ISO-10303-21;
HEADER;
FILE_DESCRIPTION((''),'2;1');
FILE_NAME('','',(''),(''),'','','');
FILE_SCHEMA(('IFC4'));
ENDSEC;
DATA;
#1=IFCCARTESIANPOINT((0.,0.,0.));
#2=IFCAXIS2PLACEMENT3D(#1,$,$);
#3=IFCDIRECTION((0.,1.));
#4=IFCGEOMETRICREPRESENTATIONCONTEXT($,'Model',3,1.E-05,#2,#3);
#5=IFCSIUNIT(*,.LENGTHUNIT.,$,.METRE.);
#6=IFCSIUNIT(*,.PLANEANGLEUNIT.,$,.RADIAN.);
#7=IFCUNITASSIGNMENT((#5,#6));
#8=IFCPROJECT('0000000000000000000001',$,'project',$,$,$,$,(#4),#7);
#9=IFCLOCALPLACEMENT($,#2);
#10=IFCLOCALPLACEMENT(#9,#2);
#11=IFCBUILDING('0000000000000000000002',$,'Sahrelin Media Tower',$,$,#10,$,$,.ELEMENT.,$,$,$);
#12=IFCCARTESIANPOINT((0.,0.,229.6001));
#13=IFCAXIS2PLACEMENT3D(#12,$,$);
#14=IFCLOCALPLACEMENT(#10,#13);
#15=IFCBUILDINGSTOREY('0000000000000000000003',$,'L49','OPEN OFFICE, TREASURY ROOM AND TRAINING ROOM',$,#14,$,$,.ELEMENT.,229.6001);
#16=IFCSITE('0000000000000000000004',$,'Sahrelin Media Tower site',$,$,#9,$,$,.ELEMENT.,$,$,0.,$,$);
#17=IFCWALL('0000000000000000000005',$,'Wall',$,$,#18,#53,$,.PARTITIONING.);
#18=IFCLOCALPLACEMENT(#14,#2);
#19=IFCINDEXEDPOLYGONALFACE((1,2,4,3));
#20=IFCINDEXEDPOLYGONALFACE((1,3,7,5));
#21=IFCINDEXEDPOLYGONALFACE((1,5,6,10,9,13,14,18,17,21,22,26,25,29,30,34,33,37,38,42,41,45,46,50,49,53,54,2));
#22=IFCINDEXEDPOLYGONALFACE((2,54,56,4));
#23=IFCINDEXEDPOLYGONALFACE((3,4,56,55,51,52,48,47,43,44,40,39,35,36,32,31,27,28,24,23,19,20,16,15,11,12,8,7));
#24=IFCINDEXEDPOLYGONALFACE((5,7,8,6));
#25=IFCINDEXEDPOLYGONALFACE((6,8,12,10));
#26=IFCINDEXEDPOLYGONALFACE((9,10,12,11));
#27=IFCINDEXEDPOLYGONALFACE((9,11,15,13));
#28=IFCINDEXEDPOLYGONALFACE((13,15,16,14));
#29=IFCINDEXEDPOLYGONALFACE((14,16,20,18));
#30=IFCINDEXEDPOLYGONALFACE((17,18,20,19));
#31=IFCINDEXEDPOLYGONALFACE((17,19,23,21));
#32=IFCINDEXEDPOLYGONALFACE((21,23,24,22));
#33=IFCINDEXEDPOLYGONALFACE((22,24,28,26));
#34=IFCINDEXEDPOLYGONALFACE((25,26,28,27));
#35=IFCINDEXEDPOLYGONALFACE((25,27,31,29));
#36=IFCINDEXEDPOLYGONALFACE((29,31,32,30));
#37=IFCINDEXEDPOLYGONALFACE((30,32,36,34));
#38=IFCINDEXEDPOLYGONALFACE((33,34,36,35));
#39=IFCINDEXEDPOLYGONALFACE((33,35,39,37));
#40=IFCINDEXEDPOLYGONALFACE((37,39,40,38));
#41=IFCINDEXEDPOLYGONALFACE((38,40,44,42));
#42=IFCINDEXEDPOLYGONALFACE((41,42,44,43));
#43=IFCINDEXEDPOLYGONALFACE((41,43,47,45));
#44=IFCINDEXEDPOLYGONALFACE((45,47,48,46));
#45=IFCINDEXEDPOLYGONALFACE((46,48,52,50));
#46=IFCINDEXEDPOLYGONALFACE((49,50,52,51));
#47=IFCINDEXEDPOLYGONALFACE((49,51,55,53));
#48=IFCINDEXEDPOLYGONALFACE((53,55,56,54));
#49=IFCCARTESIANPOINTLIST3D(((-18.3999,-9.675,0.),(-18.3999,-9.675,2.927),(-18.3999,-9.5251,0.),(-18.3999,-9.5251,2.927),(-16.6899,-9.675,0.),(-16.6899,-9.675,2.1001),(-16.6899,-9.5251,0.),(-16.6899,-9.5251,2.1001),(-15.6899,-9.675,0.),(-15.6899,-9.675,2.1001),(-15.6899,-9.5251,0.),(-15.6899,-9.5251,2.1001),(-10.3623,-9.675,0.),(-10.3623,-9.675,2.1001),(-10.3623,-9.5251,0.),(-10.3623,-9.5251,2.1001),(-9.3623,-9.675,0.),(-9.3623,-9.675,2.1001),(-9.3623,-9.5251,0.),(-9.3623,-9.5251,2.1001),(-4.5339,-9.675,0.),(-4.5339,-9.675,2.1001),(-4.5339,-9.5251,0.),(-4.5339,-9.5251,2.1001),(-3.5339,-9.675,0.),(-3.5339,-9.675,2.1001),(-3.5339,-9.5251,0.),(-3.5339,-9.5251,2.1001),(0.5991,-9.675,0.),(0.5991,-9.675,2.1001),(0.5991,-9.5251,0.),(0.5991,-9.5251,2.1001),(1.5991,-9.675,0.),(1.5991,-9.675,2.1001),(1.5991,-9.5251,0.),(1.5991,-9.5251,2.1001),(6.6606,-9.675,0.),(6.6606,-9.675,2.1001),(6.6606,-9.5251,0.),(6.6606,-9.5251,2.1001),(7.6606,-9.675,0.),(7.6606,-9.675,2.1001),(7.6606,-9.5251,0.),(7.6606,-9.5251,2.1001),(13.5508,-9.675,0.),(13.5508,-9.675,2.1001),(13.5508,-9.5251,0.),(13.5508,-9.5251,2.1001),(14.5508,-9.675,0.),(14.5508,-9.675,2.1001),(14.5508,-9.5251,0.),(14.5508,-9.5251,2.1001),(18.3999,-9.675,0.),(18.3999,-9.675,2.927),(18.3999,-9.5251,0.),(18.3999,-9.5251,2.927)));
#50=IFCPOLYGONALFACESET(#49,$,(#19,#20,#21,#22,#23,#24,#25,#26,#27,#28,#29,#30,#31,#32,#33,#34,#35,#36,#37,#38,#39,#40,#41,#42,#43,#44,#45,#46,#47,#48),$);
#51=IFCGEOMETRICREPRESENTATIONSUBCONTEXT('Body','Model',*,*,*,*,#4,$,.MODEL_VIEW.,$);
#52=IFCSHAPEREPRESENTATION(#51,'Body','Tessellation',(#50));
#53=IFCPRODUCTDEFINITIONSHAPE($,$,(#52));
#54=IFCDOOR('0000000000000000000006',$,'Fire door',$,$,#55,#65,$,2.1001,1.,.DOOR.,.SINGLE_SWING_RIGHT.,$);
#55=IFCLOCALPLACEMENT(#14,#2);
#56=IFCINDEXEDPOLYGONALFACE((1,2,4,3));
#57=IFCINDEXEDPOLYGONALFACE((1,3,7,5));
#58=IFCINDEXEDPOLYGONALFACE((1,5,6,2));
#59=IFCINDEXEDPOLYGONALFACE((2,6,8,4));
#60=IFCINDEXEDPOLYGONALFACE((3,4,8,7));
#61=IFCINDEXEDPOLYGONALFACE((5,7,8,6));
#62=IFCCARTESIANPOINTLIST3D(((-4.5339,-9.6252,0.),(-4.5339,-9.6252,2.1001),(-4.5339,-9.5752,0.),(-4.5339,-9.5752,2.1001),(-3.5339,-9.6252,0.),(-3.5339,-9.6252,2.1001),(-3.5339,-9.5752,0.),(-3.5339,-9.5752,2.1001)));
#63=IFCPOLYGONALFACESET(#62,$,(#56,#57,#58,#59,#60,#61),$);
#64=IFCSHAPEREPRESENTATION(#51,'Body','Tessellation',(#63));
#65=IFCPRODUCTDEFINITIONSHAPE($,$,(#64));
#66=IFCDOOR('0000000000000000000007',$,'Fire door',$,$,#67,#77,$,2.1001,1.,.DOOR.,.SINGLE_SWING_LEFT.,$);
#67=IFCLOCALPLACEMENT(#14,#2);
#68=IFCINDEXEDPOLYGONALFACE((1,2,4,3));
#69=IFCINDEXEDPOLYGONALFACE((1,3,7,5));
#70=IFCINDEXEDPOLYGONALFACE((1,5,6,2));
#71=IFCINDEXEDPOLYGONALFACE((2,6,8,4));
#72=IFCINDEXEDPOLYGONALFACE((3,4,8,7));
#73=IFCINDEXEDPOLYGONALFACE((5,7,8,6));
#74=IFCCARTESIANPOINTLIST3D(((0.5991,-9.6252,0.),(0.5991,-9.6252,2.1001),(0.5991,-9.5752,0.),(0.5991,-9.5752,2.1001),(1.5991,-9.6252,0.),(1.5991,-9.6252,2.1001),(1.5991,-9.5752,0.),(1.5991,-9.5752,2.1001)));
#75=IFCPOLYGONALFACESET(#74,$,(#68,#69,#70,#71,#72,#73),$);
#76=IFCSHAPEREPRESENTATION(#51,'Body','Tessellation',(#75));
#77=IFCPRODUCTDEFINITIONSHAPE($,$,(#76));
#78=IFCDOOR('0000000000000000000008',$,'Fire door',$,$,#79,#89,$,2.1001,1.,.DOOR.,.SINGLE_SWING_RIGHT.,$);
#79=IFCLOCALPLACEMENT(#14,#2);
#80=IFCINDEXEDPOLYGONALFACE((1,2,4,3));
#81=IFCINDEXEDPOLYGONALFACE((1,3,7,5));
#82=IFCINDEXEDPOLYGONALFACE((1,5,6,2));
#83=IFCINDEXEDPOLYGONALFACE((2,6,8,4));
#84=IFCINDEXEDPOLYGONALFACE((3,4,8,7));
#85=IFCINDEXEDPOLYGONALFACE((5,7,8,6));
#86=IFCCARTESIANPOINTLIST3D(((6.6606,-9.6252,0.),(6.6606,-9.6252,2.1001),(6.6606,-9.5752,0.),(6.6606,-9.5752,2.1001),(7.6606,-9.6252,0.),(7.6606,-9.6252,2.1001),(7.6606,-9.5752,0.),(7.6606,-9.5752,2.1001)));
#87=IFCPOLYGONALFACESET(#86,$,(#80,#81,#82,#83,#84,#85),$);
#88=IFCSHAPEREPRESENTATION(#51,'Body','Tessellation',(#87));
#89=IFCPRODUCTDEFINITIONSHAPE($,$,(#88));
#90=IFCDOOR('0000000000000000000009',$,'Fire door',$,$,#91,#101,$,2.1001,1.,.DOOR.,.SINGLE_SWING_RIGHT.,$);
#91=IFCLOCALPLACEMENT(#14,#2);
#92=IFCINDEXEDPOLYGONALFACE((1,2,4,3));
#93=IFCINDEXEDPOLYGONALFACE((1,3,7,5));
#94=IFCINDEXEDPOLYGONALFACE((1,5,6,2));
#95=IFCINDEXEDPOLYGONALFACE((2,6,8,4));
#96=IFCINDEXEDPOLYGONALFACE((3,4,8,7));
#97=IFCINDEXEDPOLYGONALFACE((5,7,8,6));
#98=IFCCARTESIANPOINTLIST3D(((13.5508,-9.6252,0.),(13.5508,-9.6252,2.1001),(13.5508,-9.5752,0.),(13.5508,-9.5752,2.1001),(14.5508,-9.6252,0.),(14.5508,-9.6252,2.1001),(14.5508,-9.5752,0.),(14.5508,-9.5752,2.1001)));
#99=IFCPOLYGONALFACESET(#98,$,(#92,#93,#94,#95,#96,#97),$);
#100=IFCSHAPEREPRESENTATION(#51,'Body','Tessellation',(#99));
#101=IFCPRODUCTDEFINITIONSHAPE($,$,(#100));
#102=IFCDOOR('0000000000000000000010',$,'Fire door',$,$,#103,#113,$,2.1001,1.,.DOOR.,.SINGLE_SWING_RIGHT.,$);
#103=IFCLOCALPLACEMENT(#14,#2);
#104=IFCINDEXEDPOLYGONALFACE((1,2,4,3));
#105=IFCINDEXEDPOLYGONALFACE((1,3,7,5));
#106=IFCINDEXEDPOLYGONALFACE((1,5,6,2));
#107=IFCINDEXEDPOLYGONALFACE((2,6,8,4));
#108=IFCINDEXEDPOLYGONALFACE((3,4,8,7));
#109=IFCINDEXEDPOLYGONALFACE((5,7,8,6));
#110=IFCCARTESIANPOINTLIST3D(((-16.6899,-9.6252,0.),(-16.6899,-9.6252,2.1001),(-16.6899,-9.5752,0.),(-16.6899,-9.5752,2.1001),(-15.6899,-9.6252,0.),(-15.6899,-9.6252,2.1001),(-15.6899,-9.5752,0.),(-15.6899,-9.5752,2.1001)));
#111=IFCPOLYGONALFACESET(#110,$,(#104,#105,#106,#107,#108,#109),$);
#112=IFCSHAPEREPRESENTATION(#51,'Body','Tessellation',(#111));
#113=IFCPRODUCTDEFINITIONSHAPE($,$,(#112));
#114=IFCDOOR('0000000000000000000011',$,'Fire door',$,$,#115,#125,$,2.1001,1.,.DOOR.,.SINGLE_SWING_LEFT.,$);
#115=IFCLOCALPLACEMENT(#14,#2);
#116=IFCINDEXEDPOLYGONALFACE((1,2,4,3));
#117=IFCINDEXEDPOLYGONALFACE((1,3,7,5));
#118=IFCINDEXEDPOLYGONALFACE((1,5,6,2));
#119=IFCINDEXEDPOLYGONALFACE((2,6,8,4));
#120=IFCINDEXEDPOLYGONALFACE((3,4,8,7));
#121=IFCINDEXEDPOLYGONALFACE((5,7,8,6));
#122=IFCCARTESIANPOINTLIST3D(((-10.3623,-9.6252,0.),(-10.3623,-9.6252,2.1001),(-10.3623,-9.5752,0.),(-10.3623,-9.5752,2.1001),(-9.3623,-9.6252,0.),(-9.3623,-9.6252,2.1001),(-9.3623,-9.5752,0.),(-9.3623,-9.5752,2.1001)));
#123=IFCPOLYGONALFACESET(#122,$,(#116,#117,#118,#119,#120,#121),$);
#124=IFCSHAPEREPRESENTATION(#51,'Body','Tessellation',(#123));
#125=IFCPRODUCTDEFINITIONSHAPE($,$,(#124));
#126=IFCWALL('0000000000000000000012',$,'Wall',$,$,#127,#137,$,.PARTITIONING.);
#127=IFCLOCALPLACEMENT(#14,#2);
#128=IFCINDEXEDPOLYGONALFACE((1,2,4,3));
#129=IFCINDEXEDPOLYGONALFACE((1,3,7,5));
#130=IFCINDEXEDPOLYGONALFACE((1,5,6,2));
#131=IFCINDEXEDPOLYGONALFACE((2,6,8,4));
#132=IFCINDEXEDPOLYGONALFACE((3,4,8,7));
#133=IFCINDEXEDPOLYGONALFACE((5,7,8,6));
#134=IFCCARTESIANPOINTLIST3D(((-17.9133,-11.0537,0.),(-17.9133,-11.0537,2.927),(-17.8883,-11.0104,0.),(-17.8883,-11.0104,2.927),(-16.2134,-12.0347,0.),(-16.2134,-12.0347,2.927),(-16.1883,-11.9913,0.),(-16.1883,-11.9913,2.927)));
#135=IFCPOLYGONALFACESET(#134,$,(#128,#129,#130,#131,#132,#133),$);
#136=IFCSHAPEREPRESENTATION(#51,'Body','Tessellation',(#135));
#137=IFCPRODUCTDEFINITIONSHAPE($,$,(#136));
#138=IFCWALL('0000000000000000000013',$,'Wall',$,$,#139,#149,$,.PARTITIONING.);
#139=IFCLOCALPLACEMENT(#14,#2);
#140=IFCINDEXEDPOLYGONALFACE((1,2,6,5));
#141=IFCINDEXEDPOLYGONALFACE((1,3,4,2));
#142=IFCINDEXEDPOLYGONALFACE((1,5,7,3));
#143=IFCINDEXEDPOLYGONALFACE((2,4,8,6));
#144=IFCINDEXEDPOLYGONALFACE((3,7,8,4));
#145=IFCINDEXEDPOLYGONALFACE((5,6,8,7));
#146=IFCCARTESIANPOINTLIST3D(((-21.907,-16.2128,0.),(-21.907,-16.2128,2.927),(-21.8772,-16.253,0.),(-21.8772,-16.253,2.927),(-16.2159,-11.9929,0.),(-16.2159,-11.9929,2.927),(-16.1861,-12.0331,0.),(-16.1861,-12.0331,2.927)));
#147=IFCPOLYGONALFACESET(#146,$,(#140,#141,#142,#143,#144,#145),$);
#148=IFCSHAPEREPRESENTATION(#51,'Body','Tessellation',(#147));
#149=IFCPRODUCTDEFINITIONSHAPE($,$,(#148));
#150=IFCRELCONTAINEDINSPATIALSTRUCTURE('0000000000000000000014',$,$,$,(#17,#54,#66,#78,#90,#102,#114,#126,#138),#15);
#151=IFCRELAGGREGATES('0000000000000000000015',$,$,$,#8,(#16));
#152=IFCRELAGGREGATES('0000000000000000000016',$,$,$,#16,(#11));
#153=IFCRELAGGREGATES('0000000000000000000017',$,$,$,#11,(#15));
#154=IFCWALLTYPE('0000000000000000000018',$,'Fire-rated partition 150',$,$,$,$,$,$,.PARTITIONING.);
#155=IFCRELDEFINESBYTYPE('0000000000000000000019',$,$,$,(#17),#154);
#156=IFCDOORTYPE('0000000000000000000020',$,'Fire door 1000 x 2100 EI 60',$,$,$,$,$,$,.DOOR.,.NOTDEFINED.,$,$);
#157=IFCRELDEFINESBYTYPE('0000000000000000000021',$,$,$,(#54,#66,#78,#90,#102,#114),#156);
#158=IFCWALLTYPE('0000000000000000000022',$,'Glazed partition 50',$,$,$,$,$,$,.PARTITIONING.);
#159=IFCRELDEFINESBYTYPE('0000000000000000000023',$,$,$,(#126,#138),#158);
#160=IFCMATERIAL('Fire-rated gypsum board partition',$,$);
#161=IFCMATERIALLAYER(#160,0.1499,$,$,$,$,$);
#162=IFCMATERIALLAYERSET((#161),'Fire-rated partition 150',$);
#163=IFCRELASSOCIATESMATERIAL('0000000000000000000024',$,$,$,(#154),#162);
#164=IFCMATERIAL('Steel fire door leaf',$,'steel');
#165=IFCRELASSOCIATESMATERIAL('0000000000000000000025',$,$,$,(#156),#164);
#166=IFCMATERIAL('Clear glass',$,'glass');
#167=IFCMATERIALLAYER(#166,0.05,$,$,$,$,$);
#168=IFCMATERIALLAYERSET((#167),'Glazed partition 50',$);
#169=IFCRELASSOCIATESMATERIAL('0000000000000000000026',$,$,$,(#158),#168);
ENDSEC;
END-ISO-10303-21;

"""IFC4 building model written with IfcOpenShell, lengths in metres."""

from ifc_helpers import new_model, si_unit, direction, frame, frame_2d, origin, place, context, subcontext, project, spatial, rectangle, extrude, material, layer, layer_set, type_object, element, fill, save


model = new_model("IFC4")

# Units and contexts
model_context = context("Model", 3, precision=1e-05, world=origin(), true_north=direction((0.0, 1.0)))
body_context = subcontext(model_context, "Body", "Model", "MODEL_VIEW")
ifc_project = project(units=[si_unit("LENGTHUNIT", "METRE"), si_unit("PLANEANGLEUNIT", "RADIAN")], contexts=[model_context])

# Site, building, storey
site_placement = place(None, origin())
site = spatial("IfcSite", under=ifc_project, at=site_placement, Name="Sahrelin Media Tower site", CompositionType="ELEMENT", RefElevation=0.0)
building_placement = place(site_placement, origin())
building = spatial("IfcBuilding", under=site, at=building_placement, Name="Sahrelin Media Tower", CompositionType="ELEMENT")
storey_placement = place(building_placement, frame((0.0, 0.0, 229.6001)))
storey = spatial("IfcBuildingStorey", under=building, at=storey_placement, Name="L49", Description="OPEN OFFICE, TREASURY ROOM AND TRAINING ROOM", CompositionType="ELEMENT", Elevation=229.6001)

# Wall, openings, doors
ifc_material_1 = material(Name="Fire-rated gypsum board partition")
ifc_layer_1 = layer(ifc_material_1, 0.1499)
ifc_layer_set_1 = layer_set([ifc_layer_1], Name="Fire-rated partition 150")
wall_type_1 = type_object("IfcWallType", Name="Fire-rated partition 150", PredefinedType="PARTITIONING", material=ifc_layer_set_1)
wall_1_placement = place(storey_placement, frame((-18.3999, -9.6001, 0.0), z_axis=(0.0, 0.0, 1.0), x_axis=(1.0, 0.0, 0.0)))
wall_1 = element("IfcWall", 1, at=wall_1_placement, inside=storey, type_object=wall_type_1, Name="Wall", PredefinedType="PARTITIONING", context=body_context, shape_type="SweptSolid", body=[
    extrude(rectangle(XDim=36.7998, YDim=0.1499, at=frame_2d((18.3999, 0.0))), origin(), (0.0, 0.0, 1.0), 2.927),
])
opening_1_placement = place(wall_1_placement, frame((13.866, 0.0, 0.0)))
opening_1 = element("IfcOpeningElement", 2, at=opening_1_placement, cuts=wall_1, PredefinedType="OPENING", context=body_context, shape_type="SweptSolid", body=[
    extrude(rectangle(XDim=1.0, YDim=2.1001, at=frame_2d((0.5, 1.05))), frame((0.0, 0.075, 0.0), z_axis=(0.0, -1.0, 0.0), x_axis=(1.0, 0.0, 0.0)), (0.0, 0.0, 1.0), 0.1499),
])
opening_2_placement = place(wall_1_placement, frame((18.999, 0.0, 0.0)))
opening_2 = element("IfcOpeningElement", 3, at=opening_2_placement, cuts=wall_1, PredefinedType="OPENING", context=body_context, shape_type="SweptSolid", body=[
    extrude(rectangle(XDim=1.0, YDim=2.1001, at=frame_2d((0.5, 1.05))), frame((0.0, 0.075, 0.0), z_axis=(0.0, -1.0, 0.0), x_axis=(1.0, 0.0, 0.0)), (0.0, 0.0, 1.0), 0.1499),
])
opening_3_placement = place(wall_1_placement, frame((25.0605, 0.0, 0.0)))
opening_3 = element("IfcOpeningElement", 4, at=opening_3_placement, cuts=wall_1, PredefinedType="OPENING", context=body_context, shape_type="SweptSolid", body=[
    extrude(rectangle(XDim=1.0, YDim=2.1001, at=frame_2d((0.5, 1.05))), frame((0.0, 0.075, 0.0), z_axis=(0.0, -1.0, 0.0), x_axis=(1.0, 0.0, 0.0)), (0.0, 0.0, 1.0), 0.1499),
])
opening_4_placement = place(wall_1_placement, frame((31.9507, 0.0, 0.0)))
opening_4 = element("IfcOpeningElement", 5, at=opening_4_placement, cuts=wall_1, PredefinedType="OPENING", context=body_context, shape_type="SweptSolid", body=[
    extrude(rectangle(XDim=1.0, YDim=2.1001, at=frame_2d((0.5, 1.05))), frame((0.0, 0.075, 0.0), z_axis=(0.0, -1.0, 0.0), x_axis=(1.0, 0.0, 0.0)), (0.0, 0.0, 1.0), 0.1499),
])
opening_5_placement = place(wall_1_placement, frame((1.71, 0.0, 0.0)))
opening_5 = element("IfcOpeningElement", 6, at=opening_5_placement, cuts=wall_1, PredefinedType="OPENING", context=body_context, shape_type="SweptSolid", body=[
    extrude(rectangle(XDim=1.0, YDim=2.1001, at=frame_2d((0.5, 1.05))), frame((0.0, 0.075, 0.0), z_axis=(0.0, -1.0, 0.0), x_axis=(1.0, 0.0, 0.0)), (0.0, 0.0, 1.0), 0.1499),
])
opening_6_placement = place(wall_1_placement, frame((8.0376, 0.0, 0.0)))
opening_6 = element("IfcOpeningElement", 7, at=opening_6_placement, cuts=wall_1, PredefinedType="OPENING", context=body_context, shape_type="SweptSolid", body=[
    extrude(rectangle(XDim=1.0, YDim=2.1001, at=frame_2d((0.5, 1.05))), frame((0.0, 0.075, 0.0), z_axis=(0.0, -1.0, 0.0), x_axis=(1.0, 0.0, 0.0)), (0.0, 0.0, 1.0), 0.1499),
])
ifc_material_2 = material(Name="Steel fire door leaf", Category="steel")
door_type_1 = type_object("IfcDoorType", Name="Fire door 1000 x 2100 EI 60", OperationType="NOTDEFINED", PredefinedType="DOOR", material=ifc_material_2)
door_1_placement = place(opening_1_placement, origin())
door_1 = element("IfcDoor", 8, at=door_1_placement, inside=storey, type_object=door_type_1, Name="Fire door", OperationType="SINGLE_SWING_RIGHT", OverallHeight=2.1001, OverallWidth=1.0, PredefinedType="DOOR", context=body_context, shape_type="SweptSolid", body=[
    extrude(rectangle(XDim=1.0, YDim=2.1001, at=frame_2d((0.5, 1.05))), frame((0.0, 0.0249, 0.0), z_axis=(0.0, -1.0, 0.0), x_axis=(1.0, 0.0, 0.0)), (0.0, 0.0, 1.0), 0.05),
])
fill(opening_1, door_1)
door_2_placement = place(opening_2_placement, origin())
door_2 = element("IfcDoor", 9, at=door_2_placement, inside=storey, type_object=door_type_1, Name="Fire door", OperationType="SINGLE_SWING_LEFT", OverallHeight=2.1001, OverallWidth=1.0, PredefinedType="DOOR", context=body_context, shape_type="SweptSolid", body=[
    extrude(rectangle(XDim=1.0, YDim=2.1001, at=frame_2d((0.5, 1.05))), frame((0.0, 0.0249, 0.0), z_axis=(0.0, -1.0, 0.0), x_axis=(1.0, 0.0, 0.0)), (0.0, 0.0, 1.0), 0.05),
])
fill(opening_2, door_2)
door_3_placement = place(opening_3_placement, origin())
door_3 = element("IfcDoor", 10, at=door_3_placement, inside=storey, type_object=door_type_1, Name="Fire door", OperationType="SINGLE_SWING_RIGHT", OverallHeight=2.1001, OverallWidth=1.0, PredefinedType="DOOR", context=body_context, shape_type="SweptSolid", body=[
    extrude(rectangle(XDim=1.0, YDim=2.1001, at=frame_2d((0.5, 1.05))), frame((0.0, 0.0249, 0.0), z_axis=(0.0, -1.0, 0.0), x_axis=(1.0, 0.0, 0.0)), (0.0, 0.0, 1.0), 0.05),
])
fill(opening_3, door_3)
door_4_placement = place(opening_4_placement, origin())
door_4 = element("IfcDoor", 11, at=door_4_placement, inside=storey, type_object=door_type_1, Name="Fire door", OperationType="SINGLE_SWING_RIGHT", OverallHeight=2.1001, OverallWidth=1.0, PredefinedType="DOOR", context=body_context, shape_type="SweptSolid", body=[
    extrude(rectangle(XDim=1.0, YDim=2.1001, at=frame_2d((0.5, 1.05))), frame((0.0, 0.0249, 0.0), z_axis=(0.0, -1.0, 0.0), x_axis=(1.0, 0.0, 0.0)), (0.0, 0.0, 1.0), 0.05),
])
fill(opening_4, door_4)
door_5_placement = place(opening_5_placement, origin())
door_5 = element("IfcDoor", 12, at=door_5_placement, inside=storey, type_object=door_type_1, Name="Fire door", OperationType="SINGLE_SWING_RIGHT", OverallHeight=2.1001, OverallWidth=1.0, PredefinedType="DOOR", context=body_context, shape_type="SweptSolid", body=[
    extrude(rectangle(XDim=1.0, YDim=2.1001, at=frame_2d((0.5, 1.05))), frame((0.0, 0.0249, 0.0), z_axis=(0.0, -1.0, 0.0), x_axis=(1.0, 0.0, 0.0)), (0.0, 0.0, 1.0), 0.05),
])
fill(opening_5, door_5)
door_6_placement = place(opening_6_placement, origin())
door_6 = element("IfcDoor", 13, at=door_6_placement, inside=storey, type_object=door_type_1, Name="Fire door", OperationType="SINGLE_SWING_LEFT", OverallHeight=2.1001, OverallWidth=1.0, PredefinedType="DOOR", context=body_context, shape_type="SweptSolid", body=[
    extrude(rectangle(XDim=1.0, YDim=2.1001, at=frame_2d((0.5, 1.05))), frame((0.0, 0.0249, 0.0), z_axis=(0.0, -1.0, 0.0), x_axis=(1.0, 0.0, 0.0)), (0.0, 0.0, 1.0), 0.05),
])
fill(opening_6, door_6)

# Walls
ifc_material_3 = material(Name="Clear glass", Category="glass")
ifc_layer_2 = layer(ifc_material_3, 0.05)
ifc_layer_set_2 = layer_set([ifc_layer_2], Name="Glazed partition 50")
wall_type_2 = type_object("IfcWallType", Name="Glazed partition 50", PredefinedType="PARTITIONING", material=ifc_layer_set_2)
wall_2_placement = place(storey_placement, frame((-17.9009, -11.032, 0.0), z_axis=(0.0, 0.0, 1.0), x_axis=(0.866138, -0.499805, 0.0)))
element("IfcWall", 14, at=wall_2_placement, inside=storey, type_object=wall_type_2, Name="Wall", PredefinedType="PARTITIONING", context=body_context, shape_type="SweptSolid", body=[
    extrude(rectangle(XDim=1.9626, YDim=0.05, at=frame_2d((0.9814, 0.0))), origin(), (0.0, 0.0, 1.0), 2.927),
])
wall_3_placement = place(storey_placement, frame((-21.8921, -16.2329, 0.0), z_axis=(0.0, 0.0, 1.0), x_axis=(0.803267, 0.595619, 0.0)))
element("IfcWall", 15, at=wall_3_placement, inside=storey, type_object=wall_type_2, Name="Wall", PredefinedType="PARTITIONING", context=body_context, shape_type="SweptSolid", body=[
    extrude(rectangle(XDim=7.085, YDim=0.05, at=frame_2d((3.5425, 0.0))), origin(), (0.0, 0.0, 1.0), 2.927),
])

save(model, "model.ifc")
